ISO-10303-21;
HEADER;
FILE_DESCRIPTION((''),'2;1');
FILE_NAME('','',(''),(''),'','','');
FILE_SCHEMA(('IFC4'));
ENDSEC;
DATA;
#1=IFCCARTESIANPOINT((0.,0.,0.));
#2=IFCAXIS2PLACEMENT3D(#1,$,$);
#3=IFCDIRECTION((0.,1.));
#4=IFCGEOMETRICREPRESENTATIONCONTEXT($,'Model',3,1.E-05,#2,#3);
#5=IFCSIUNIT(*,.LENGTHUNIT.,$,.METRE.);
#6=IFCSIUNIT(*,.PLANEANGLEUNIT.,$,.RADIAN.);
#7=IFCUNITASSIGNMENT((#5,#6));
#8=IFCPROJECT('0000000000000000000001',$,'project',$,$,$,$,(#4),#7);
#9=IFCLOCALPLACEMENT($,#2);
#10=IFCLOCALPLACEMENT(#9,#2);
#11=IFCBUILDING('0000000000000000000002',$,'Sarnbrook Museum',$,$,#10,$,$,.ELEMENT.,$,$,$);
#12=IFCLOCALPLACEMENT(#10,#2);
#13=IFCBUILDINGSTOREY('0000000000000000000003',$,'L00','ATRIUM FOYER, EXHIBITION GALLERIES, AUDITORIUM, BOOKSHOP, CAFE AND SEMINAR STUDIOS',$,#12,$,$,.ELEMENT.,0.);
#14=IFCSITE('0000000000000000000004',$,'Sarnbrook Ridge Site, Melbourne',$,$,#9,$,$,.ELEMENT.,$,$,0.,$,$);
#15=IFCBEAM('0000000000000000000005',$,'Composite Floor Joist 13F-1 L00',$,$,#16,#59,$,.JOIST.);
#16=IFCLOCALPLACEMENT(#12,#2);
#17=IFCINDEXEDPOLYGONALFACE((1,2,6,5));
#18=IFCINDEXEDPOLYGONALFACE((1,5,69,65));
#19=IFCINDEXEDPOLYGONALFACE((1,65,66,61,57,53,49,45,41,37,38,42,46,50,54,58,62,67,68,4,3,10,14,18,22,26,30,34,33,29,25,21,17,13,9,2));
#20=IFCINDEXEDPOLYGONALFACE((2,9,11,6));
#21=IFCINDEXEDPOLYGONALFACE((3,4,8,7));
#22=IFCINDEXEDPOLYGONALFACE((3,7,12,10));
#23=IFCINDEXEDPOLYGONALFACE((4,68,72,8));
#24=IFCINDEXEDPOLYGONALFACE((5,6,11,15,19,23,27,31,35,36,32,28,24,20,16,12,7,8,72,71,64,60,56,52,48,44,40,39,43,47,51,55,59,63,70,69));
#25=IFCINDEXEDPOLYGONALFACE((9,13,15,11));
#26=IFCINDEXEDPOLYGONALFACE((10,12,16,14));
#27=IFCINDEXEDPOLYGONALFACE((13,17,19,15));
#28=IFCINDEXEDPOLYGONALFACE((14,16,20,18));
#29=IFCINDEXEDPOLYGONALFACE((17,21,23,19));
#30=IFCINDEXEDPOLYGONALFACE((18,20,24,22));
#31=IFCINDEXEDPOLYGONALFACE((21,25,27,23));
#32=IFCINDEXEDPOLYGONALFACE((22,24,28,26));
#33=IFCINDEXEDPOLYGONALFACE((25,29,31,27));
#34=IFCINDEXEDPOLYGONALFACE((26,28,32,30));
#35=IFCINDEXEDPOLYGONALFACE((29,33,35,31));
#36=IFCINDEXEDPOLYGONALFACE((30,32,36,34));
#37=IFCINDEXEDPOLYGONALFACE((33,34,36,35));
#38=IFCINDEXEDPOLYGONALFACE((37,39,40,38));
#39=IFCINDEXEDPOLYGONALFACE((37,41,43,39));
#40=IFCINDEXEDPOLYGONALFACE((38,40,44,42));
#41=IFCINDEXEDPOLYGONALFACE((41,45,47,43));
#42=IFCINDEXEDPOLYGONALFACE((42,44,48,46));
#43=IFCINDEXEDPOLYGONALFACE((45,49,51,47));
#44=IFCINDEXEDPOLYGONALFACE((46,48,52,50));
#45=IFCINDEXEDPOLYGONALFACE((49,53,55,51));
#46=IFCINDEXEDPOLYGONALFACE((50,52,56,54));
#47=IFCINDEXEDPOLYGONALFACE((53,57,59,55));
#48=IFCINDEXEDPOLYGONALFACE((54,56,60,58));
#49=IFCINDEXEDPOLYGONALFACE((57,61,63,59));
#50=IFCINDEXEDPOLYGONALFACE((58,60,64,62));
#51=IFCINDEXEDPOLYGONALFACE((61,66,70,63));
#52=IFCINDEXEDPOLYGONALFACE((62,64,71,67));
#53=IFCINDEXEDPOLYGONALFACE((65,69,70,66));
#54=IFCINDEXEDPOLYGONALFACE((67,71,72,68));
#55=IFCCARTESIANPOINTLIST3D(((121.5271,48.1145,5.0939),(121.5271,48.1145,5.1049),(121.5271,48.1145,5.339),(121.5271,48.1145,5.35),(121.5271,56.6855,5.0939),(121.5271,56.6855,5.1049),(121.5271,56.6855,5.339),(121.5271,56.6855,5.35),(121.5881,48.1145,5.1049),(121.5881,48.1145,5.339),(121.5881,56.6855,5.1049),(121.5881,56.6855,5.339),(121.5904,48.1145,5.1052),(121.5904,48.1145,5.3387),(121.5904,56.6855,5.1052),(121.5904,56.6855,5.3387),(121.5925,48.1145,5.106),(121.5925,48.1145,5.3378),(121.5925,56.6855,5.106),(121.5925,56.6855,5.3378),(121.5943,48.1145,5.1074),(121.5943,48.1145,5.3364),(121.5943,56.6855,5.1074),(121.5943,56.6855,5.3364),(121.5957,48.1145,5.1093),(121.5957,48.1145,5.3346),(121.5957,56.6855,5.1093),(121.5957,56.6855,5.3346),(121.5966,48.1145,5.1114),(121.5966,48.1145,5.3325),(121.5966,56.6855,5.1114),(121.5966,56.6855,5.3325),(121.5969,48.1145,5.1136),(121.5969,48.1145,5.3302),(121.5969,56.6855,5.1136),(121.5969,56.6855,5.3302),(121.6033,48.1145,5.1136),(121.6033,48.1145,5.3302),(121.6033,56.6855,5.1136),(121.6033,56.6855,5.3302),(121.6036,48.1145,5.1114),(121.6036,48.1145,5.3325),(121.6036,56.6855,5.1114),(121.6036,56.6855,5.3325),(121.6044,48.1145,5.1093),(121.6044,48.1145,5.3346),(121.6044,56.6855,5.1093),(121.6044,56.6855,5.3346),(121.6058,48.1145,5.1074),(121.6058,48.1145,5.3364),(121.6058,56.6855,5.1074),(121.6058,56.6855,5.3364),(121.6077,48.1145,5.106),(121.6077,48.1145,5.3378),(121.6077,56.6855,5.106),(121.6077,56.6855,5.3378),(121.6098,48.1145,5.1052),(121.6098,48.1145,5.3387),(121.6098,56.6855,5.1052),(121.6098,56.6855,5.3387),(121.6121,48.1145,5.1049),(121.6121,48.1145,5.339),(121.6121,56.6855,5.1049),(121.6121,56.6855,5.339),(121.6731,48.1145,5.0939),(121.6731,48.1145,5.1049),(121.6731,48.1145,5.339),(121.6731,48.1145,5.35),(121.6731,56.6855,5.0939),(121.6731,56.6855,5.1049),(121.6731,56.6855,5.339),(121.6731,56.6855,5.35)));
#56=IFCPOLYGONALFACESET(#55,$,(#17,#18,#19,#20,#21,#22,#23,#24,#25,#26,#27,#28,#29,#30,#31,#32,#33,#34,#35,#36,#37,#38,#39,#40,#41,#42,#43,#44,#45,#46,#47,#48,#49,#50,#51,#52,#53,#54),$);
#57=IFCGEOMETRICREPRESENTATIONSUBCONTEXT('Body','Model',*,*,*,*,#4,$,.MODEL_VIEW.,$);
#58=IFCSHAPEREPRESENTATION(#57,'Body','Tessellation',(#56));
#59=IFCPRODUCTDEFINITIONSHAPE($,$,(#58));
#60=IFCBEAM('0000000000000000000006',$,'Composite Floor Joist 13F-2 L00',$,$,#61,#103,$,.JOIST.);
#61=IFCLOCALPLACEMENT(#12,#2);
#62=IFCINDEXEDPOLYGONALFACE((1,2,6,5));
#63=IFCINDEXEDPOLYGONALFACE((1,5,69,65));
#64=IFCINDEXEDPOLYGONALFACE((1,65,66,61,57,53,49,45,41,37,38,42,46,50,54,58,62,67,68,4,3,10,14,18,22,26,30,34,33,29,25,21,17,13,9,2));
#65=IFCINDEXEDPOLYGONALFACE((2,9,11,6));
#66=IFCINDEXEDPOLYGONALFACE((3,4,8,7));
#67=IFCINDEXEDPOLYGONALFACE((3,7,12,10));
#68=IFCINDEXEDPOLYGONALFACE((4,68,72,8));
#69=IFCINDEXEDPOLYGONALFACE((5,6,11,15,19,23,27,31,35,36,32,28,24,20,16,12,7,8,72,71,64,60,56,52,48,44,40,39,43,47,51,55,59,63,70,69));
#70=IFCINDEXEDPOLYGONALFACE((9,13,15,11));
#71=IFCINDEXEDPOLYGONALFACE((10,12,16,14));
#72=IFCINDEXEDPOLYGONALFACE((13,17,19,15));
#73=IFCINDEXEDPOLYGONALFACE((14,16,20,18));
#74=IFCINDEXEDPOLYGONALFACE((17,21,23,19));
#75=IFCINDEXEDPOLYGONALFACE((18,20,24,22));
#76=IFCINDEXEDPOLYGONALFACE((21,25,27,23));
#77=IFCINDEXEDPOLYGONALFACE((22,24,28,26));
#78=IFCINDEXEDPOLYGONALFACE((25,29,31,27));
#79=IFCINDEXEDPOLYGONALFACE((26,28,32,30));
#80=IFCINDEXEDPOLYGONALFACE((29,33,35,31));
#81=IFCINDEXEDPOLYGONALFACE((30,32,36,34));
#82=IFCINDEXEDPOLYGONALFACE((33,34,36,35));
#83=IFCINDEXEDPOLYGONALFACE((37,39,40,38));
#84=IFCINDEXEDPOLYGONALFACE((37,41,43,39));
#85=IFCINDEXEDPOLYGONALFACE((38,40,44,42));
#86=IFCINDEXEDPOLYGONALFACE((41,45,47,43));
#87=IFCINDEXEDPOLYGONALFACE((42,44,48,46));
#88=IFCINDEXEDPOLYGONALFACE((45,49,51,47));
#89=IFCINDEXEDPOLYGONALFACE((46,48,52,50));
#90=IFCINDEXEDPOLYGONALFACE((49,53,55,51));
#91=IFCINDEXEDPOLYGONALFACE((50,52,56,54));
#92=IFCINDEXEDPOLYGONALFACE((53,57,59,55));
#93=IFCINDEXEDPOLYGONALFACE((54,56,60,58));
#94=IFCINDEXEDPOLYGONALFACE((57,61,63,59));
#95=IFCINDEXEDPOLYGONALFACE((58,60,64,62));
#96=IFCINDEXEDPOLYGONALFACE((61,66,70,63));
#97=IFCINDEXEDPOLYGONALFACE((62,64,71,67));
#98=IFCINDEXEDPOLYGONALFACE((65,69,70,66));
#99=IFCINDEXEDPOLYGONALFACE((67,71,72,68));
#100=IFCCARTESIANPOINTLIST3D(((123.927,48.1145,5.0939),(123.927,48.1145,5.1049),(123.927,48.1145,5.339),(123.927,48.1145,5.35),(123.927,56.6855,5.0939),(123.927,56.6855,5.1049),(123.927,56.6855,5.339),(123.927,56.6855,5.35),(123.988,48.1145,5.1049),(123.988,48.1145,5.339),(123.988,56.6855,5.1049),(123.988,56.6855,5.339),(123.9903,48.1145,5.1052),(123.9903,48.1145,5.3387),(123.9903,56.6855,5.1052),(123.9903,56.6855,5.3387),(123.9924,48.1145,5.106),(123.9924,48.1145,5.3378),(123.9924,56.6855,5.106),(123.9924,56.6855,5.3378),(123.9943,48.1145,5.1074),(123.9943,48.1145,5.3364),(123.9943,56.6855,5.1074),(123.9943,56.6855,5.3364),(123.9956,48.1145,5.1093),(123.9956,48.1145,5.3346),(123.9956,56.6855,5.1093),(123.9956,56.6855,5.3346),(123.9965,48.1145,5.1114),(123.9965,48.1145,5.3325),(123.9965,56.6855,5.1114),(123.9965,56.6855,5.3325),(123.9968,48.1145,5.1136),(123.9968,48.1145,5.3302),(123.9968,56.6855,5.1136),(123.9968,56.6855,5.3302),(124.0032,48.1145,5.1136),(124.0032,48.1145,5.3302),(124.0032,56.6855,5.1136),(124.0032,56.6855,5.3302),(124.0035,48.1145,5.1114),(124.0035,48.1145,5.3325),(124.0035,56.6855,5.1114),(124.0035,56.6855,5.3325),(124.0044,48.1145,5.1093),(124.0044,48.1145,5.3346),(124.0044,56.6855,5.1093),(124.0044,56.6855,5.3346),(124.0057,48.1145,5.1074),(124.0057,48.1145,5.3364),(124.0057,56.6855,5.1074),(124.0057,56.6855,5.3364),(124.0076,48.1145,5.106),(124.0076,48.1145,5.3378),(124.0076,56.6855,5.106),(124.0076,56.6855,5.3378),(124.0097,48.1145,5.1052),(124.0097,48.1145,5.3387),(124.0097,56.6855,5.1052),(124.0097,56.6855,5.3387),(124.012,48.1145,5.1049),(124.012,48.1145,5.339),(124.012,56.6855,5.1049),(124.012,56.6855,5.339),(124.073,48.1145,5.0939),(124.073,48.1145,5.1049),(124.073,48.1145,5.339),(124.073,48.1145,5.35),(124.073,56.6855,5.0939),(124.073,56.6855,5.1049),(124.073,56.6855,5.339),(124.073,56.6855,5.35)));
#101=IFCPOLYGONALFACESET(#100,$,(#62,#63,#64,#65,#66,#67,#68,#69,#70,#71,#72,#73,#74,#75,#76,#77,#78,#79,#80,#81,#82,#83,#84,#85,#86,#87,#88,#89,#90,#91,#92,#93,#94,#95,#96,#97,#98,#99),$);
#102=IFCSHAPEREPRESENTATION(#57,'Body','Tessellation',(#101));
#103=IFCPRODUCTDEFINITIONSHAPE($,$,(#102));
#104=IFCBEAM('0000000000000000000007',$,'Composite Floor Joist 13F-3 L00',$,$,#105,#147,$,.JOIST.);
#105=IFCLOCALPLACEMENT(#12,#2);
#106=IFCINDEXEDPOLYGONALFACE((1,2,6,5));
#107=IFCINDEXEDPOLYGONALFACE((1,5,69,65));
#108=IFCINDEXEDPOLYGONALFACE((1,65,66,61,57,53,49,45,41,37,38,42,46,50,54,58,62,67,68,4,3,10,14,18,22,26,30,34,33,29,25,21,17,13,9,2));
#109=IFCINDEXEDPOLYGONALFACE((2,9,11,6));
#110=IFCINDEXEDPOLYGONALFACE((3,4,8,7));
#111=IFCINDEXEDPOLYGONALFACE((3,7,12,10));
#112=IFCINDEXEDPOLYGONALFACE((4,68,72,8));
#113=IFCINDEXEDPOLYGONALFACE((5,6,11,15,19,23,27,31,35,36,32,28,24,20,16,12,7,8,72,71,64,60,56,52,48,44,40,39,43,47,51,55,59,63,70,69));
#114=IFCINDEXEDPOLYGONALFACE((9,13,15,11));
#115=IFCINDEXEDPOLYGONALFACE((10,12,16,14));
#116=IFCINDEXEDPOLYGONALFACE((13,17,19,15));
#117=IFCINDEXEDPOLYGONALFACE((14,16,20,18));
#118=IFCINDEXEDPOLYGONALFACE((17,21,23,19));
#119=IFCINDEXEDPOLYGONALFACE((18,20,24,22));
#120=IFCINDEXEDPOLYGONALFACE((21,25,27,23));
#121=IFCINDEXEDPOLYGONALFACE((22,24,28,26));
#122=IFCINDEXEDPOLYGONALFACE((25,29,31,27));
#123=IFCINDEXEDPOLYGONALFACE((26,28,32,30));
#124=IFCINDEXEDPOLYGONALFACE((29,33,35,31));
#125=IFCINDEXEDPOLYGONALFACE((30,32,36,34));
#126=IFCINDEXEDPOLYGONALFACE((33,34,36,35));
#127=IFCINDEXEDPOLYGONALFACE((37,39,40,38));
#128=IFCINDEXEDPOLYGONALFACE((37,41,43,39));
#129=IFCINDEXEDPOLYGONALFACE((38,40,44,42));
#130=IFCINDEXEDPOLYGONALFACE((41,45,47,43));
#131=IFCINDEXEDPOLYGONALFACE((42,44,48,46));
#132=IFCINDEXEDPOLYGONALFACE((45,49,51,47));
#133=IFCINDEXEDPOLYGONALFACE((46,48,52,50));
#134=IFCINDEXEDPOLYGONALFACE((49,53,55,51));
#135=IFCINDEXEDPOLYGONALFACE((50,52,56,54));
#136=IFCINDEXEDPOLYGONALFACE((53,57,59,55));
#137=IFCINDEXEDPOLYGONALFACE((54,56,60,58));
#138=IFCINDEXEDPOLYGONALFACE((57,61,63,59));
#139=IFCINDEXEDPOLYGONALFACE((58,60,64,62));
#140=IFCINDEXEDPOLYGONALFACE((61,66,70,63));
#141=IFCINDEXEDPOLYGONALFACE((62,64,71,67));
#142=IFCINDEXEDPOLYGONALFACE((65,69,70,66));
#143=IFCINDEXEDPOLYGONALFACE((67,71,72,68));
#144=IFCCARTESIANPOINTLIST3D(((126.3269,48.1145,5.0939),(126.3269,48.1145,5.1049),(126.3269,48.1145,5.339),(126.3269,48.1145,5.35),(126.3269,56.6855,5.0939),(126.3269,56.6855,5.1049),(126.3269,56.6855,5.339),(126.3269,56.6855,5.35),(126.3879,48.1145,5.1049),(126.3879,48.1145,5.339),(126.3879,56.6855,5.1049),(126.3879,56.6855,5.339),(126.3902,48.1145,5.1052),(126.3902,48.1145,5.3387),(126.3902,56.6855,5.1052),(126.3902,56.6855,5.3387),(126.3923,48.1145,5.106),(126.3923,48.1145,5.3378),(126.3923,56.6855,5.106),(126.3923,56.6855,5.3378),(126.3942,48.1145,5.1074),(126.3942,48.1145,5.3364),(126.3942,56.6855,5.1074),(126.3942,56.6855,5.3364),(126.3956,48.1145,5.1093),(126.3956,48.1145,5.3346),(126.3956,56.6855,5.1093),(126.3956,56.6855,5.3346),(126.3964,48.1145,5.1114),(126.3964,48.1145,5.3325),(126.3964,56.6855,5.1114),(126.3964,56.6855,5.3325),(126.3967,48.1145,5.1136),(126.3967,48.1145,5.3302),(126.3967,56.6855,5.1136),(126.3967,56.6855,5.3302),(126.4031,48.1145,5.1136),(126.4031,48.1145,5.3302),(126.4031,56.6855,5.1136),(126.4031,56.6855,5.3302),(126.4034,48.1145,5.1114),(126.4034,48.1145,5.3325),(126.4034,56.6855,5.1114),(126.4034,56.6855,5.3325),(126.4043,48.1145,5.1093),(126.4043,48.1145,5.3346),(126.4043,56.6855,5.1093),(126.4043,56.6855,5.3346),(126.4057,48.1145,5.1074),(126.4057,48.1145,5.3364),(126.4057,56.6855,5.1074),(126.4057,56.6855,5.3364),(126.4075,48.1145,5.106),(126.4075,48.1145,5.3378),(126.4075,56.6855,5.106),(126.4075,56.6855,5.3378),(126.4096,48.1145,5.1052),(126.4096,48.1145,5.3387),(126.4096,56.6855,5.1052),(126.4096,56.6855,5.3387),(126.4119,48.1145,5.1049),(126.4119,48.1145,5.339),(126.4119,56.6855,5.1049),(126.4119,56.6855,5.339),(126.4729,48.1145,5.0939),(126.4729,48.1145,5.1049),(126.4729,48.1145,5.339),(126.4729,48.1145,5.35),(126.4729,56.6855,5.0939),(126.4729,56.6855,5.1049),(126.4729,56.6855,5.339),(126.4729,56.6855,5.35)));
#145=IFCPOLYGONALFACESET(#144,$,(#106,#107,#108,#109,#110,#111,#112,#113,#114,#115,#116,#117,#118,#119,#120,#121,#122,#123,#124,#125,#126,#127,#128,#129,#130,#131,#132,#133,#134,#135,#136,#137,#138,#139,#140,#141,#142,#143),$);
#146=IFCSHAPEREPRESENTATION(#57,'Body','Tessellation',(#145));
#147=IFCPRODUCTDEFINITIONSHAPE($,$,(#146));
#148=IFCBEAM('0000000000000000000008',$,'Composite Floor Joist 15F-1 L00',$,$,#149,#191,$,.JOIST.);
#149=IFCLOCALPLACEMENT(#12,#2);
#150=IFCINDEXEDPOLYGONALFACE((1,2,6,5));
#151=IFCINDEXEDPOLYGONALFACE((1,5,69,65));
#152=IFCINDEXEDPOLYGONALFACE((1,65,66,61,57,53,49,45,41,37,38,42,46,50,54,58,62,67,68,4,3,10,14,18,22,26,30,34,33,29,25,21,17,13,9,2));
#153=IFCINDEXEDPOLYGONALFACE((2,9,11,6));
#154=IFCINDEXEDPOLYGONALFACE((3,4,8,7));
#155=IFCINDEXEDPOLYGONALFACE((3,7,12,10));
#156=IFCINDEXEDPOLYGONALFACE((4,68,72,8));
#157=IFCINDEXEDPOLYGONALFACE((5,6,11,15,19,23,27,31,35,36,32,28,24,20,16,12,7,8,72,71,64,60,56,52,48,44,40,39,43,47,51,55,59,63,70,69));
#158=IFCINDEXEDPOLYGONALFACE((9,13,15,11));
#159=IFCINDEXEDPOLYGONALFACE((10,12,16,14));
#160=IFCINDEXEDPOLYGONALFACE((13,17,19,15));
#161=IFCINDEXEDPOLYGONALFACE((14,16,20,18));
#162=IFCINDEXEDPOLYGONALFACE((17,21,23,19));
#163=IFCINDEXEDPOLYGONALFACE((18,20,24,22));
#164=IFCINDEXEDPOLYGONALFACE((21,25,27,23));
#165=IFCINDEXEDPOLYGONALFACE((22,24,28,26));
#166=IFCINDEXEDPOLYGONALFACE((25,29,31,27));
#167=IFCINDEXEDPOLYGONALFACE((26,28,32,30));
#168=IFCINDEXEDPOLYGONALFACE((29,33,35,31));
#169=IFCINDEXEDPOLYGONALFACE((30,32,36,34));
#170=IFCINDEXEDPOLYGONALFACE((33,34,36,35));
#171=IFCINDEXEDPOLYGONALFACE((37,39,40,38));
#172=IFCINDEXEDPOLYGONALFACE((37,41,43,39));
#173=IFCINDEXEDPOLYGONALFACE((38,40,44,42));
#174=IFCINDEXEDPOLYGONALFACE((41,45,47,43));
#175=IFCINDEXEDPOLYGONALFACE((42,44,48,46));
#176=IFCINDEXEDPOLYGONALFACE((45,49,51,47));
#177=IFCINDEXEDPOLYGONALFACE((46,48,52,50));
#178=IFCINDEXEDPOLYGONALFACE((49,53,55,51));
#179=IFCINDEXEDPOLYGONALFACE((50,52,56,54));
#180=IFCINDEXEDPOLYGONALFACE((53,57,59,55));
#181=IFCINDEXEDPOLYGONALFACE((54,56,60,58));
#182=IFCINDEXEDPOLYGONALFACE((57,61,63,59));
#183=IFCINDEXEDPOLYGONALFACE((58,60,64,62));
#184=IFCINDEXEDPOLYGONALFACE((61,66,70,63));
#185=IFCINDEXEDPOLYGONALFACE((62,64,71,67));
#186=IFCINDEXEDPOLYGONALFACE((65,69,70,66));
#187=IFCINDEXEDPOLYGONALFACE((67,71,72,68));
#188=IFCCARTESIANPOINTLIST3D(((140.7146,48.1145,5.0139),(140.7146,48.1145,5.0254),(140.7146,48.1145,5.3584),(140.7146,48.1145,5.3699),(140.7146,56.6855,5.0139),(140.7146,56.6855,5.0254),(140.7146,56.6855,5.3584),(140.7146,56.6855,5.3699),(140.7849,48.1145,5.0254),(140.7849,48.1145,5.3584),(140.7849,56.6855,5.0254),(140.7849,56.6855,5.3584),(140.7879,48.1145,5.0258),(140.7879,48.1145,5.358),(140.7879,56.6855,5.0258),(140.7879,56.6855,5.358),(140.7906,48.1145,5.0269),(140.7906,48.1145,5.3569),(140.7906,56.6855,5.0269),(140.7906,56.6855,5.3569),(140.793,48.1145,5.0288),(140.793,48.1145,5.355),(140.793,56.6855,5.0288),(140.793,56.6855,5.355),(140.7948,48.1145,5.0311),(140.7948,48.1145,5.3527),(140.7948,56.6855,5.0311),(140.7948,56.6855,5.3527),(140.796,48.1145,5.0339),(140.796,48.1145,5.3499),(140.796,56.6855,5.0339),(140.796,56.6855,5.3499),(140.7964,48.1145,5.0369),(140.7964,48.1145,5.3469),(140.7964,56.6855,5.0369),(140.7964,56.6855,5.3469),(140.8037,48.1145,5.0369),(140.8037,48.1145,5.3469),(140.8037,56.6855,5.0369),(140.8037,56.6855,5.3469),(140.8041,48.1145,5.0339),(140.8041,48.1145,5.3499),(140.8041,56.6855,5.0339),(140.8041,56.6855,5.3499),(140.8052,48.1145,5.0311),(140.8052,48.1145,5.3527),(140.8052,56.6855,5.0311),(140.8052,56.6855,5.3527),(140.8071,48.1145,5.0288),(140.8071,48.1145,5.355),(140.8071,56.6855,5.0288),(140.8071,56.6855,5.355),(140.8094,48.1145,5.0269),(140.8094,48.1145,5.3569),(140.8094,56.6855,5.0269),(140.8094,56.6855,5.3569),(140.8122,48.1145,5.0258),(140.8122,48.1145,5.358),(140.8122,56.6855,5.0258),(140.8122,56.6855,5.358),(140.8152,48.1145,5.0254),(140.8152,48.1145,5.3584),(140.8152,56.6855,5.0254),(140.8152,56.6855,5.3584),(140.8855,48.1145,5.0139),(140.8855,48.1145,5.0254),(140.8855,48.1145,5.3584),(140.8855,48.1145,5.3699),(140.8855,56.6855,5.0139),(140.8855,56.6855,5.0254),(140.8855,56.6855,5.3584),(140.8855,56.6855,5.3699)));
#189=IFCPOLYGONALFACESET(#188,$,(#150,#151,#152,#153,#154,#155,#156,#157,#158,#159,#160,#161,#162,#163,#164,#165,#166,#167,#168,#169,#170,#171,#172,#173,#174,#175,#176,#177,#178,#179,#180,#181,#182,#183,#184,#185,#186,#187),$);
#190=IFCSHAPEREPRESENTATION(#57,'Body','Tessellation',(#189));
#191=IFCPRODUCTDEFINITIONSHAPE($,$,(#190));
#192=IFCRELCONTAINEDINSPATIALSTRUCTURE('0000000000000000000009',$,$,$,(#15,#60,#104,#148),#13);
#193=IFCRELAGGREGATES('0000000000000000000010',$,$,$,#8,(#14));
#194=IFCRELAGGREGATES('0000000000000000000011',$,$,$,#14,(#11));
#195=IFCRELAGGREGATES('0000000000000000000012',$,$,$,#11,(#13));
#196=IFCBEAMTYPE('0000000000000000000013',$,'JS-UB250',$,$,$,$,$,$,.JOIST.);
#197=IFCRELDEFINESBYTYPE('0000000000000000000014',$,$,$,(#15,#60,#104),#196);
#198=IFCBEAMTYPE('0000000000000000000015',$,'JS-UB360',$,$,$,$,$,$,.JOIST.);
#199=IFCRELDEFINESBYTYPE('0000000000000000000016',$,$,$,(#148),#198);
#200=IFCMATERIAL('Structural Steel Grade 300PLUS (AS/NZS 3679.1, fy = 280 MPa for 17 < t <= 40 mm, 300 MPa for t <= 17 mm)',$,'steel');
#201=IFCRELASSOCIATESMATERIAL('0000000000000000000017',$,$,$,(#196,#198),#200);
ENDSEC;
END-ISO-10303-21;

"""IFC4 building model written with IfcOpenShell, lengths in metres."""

from ifc_helpers import new_model, si_unit, direction, frame, origin, origin_2d, place, context, subcontext, project, spatial, i_section, extrude, material, material_profile, profile_set, type_object, element, save


model = new_model("IFC4")

# Units and contexts
model_context = context("Model", 3, precision=1e-05, world=origin(), true_north=direction((0.0, 1.0)))
body_context = subcontext(model_context, "Body", "Model", "MODEL_VIEW")
ifc_project = project(units=[si_unit("LENGTHUNIT", "METRE"), si_unit("PLANEANGLEUNIT", "RADIAN")], contexts=[model_context])

# Site, building, storey
site_placement = place(None, origin())
site = spatial("IfcSite", under=ifc_project, at=site_placement, Name="Sarnbrook Ridge Site, Melbourne", CompositionType="ELEMENT", RefElevation=0.0)
building_placement = place(site_placement, origin())
building = spatial("IfcBuilding", under=site, at=building_placement, Name="Sarnbrook Museum", CompositionType="ELEMENT")
storey_placement = place(building_placement, origin())
storey = spatial("IfcBuildingStorey", under=building, at=storey_placement, Name="L00", Description="ATRIUM FOYER, EXHIBITION GALLERIES, AUDITORIUM, BOOKSHOP, CAFE AND SEMINAR STUDIOS", CompositionType="ELEMENT", Elevation=0.0)

# Shared definitions
ifc_material_1 = material(Name="Structural Steel Grade 300PLUS (AS/NZS 3679.1, fy = 280 MPa for 17 < t <= 40 mm, 300 MPa for t <= 17 mm)", Category="steel")

# Beams
ifc_material_profile_1 = material_profile(ifc_material_1, i_section(OverallWidth=0.146, OverallDepth=0.2561, WebThickness=0.0063, FlangeThickness=0.011, FilletRadius=0.0088, at=origin_2d()), Name="250UB37.3")
ifc_profile_set_1 = profile_set([ifc_material_profile_1], Name="Structural Steel Grade 300PLUS (AS/NZS 3679.1, fy = 280 MPa for 17 < t <= 40 mm, 300 MPa for t <= 17 mm)")
beam_type_1 = type_object("IfcBeamType", Name="JS-UB250", PredefinedType="JOIST", material=ifc_profile_set_1)
for number, where, z_axis, x_axis, name in (
    (1, (121.6001, 48.1145, 5.2219), (0.0, 1.0, 0.0), (-1.0, 0.0, 0.0), "Composite Floor Joist 13F-1 L00"),
    (2, (124.0, 48.1145, 5.2219), (0.0, 1.0, 0.0), (-1.0, 0.0, 0.0), "Composite Floor Joist 13F-2 L00"),
    (3, (126.3999, 48.1145, 5.2219), (0.0, 1.0, 0.0), (-1.0, 0.0, 0.0), "Composite Floor Joist 13F-3 L00"),
):
    element("IfcBeam", number, at=place(storey_placement, frame(where, z_axis=z_axis, x_axis=x_axis)), inside=storey, type_object=beam_type_1, Name=name, PredefinedType="JOIST", context=body_context, shape_type="SweptSolid", body=[
        extrude(i_section(OverallWidth=0.146, OverallDepth=0.2561, WebThickness=0.0063, FlangeThickness=0.011, FilletRadius=0.0088, at=origin_2d()), origin(), (0.0, 0.0, 1.0), 8.571),
    ])
ifc_material_profile_2 = material_profile(ifc_material_1, i_section(OverallWidth=0.1709, OverallDepth=0.356, WebThickness=0.0073, FlangeThickness=0.0115, FilletRadius=0.0115, at=origin_2d()), Name="360UB50.7")
ifc_profile_set_2 = profile_set([ifc_material_profile_2], Name="Structural Steel Grade 300PLUS (AS/NZS 3679.1, fy = 280 MPa for 17 < t <= 40 mm, 300 MPa for t <= 17 mm)")
beam_type_2 = type_object("IfcBeamType", Name="JS-UB360", PredefinedType="JOIST", material=ifc_profile_set_2)
beam_1_placement = place(storey_placement, frame((140.8, 48.1145, 5.1919), z_axis=(0.0, 1.0, 0.0), x_axis=(-1.0, 0.0, 0.0)))
element("IfcBeam", 4, at=beam_1_placement, inside=storey, type_object=beam_type_2, Name="Composite Floor Joist 15F-1 L00", PredefinedType="JOIST", context=body_context, shape_type="SweptSolid", body=[
    extrude(i_section(OverallWidth=0.1709, OverallDepth=0.356, WebThickness=0.0073, FlangeThickness=0.0115, FilletRadius=0.0115, at=origin_2d()), origin(), (0.0, 0.0, 1.0), 8.571),
])

save(model, "model.ifc")
